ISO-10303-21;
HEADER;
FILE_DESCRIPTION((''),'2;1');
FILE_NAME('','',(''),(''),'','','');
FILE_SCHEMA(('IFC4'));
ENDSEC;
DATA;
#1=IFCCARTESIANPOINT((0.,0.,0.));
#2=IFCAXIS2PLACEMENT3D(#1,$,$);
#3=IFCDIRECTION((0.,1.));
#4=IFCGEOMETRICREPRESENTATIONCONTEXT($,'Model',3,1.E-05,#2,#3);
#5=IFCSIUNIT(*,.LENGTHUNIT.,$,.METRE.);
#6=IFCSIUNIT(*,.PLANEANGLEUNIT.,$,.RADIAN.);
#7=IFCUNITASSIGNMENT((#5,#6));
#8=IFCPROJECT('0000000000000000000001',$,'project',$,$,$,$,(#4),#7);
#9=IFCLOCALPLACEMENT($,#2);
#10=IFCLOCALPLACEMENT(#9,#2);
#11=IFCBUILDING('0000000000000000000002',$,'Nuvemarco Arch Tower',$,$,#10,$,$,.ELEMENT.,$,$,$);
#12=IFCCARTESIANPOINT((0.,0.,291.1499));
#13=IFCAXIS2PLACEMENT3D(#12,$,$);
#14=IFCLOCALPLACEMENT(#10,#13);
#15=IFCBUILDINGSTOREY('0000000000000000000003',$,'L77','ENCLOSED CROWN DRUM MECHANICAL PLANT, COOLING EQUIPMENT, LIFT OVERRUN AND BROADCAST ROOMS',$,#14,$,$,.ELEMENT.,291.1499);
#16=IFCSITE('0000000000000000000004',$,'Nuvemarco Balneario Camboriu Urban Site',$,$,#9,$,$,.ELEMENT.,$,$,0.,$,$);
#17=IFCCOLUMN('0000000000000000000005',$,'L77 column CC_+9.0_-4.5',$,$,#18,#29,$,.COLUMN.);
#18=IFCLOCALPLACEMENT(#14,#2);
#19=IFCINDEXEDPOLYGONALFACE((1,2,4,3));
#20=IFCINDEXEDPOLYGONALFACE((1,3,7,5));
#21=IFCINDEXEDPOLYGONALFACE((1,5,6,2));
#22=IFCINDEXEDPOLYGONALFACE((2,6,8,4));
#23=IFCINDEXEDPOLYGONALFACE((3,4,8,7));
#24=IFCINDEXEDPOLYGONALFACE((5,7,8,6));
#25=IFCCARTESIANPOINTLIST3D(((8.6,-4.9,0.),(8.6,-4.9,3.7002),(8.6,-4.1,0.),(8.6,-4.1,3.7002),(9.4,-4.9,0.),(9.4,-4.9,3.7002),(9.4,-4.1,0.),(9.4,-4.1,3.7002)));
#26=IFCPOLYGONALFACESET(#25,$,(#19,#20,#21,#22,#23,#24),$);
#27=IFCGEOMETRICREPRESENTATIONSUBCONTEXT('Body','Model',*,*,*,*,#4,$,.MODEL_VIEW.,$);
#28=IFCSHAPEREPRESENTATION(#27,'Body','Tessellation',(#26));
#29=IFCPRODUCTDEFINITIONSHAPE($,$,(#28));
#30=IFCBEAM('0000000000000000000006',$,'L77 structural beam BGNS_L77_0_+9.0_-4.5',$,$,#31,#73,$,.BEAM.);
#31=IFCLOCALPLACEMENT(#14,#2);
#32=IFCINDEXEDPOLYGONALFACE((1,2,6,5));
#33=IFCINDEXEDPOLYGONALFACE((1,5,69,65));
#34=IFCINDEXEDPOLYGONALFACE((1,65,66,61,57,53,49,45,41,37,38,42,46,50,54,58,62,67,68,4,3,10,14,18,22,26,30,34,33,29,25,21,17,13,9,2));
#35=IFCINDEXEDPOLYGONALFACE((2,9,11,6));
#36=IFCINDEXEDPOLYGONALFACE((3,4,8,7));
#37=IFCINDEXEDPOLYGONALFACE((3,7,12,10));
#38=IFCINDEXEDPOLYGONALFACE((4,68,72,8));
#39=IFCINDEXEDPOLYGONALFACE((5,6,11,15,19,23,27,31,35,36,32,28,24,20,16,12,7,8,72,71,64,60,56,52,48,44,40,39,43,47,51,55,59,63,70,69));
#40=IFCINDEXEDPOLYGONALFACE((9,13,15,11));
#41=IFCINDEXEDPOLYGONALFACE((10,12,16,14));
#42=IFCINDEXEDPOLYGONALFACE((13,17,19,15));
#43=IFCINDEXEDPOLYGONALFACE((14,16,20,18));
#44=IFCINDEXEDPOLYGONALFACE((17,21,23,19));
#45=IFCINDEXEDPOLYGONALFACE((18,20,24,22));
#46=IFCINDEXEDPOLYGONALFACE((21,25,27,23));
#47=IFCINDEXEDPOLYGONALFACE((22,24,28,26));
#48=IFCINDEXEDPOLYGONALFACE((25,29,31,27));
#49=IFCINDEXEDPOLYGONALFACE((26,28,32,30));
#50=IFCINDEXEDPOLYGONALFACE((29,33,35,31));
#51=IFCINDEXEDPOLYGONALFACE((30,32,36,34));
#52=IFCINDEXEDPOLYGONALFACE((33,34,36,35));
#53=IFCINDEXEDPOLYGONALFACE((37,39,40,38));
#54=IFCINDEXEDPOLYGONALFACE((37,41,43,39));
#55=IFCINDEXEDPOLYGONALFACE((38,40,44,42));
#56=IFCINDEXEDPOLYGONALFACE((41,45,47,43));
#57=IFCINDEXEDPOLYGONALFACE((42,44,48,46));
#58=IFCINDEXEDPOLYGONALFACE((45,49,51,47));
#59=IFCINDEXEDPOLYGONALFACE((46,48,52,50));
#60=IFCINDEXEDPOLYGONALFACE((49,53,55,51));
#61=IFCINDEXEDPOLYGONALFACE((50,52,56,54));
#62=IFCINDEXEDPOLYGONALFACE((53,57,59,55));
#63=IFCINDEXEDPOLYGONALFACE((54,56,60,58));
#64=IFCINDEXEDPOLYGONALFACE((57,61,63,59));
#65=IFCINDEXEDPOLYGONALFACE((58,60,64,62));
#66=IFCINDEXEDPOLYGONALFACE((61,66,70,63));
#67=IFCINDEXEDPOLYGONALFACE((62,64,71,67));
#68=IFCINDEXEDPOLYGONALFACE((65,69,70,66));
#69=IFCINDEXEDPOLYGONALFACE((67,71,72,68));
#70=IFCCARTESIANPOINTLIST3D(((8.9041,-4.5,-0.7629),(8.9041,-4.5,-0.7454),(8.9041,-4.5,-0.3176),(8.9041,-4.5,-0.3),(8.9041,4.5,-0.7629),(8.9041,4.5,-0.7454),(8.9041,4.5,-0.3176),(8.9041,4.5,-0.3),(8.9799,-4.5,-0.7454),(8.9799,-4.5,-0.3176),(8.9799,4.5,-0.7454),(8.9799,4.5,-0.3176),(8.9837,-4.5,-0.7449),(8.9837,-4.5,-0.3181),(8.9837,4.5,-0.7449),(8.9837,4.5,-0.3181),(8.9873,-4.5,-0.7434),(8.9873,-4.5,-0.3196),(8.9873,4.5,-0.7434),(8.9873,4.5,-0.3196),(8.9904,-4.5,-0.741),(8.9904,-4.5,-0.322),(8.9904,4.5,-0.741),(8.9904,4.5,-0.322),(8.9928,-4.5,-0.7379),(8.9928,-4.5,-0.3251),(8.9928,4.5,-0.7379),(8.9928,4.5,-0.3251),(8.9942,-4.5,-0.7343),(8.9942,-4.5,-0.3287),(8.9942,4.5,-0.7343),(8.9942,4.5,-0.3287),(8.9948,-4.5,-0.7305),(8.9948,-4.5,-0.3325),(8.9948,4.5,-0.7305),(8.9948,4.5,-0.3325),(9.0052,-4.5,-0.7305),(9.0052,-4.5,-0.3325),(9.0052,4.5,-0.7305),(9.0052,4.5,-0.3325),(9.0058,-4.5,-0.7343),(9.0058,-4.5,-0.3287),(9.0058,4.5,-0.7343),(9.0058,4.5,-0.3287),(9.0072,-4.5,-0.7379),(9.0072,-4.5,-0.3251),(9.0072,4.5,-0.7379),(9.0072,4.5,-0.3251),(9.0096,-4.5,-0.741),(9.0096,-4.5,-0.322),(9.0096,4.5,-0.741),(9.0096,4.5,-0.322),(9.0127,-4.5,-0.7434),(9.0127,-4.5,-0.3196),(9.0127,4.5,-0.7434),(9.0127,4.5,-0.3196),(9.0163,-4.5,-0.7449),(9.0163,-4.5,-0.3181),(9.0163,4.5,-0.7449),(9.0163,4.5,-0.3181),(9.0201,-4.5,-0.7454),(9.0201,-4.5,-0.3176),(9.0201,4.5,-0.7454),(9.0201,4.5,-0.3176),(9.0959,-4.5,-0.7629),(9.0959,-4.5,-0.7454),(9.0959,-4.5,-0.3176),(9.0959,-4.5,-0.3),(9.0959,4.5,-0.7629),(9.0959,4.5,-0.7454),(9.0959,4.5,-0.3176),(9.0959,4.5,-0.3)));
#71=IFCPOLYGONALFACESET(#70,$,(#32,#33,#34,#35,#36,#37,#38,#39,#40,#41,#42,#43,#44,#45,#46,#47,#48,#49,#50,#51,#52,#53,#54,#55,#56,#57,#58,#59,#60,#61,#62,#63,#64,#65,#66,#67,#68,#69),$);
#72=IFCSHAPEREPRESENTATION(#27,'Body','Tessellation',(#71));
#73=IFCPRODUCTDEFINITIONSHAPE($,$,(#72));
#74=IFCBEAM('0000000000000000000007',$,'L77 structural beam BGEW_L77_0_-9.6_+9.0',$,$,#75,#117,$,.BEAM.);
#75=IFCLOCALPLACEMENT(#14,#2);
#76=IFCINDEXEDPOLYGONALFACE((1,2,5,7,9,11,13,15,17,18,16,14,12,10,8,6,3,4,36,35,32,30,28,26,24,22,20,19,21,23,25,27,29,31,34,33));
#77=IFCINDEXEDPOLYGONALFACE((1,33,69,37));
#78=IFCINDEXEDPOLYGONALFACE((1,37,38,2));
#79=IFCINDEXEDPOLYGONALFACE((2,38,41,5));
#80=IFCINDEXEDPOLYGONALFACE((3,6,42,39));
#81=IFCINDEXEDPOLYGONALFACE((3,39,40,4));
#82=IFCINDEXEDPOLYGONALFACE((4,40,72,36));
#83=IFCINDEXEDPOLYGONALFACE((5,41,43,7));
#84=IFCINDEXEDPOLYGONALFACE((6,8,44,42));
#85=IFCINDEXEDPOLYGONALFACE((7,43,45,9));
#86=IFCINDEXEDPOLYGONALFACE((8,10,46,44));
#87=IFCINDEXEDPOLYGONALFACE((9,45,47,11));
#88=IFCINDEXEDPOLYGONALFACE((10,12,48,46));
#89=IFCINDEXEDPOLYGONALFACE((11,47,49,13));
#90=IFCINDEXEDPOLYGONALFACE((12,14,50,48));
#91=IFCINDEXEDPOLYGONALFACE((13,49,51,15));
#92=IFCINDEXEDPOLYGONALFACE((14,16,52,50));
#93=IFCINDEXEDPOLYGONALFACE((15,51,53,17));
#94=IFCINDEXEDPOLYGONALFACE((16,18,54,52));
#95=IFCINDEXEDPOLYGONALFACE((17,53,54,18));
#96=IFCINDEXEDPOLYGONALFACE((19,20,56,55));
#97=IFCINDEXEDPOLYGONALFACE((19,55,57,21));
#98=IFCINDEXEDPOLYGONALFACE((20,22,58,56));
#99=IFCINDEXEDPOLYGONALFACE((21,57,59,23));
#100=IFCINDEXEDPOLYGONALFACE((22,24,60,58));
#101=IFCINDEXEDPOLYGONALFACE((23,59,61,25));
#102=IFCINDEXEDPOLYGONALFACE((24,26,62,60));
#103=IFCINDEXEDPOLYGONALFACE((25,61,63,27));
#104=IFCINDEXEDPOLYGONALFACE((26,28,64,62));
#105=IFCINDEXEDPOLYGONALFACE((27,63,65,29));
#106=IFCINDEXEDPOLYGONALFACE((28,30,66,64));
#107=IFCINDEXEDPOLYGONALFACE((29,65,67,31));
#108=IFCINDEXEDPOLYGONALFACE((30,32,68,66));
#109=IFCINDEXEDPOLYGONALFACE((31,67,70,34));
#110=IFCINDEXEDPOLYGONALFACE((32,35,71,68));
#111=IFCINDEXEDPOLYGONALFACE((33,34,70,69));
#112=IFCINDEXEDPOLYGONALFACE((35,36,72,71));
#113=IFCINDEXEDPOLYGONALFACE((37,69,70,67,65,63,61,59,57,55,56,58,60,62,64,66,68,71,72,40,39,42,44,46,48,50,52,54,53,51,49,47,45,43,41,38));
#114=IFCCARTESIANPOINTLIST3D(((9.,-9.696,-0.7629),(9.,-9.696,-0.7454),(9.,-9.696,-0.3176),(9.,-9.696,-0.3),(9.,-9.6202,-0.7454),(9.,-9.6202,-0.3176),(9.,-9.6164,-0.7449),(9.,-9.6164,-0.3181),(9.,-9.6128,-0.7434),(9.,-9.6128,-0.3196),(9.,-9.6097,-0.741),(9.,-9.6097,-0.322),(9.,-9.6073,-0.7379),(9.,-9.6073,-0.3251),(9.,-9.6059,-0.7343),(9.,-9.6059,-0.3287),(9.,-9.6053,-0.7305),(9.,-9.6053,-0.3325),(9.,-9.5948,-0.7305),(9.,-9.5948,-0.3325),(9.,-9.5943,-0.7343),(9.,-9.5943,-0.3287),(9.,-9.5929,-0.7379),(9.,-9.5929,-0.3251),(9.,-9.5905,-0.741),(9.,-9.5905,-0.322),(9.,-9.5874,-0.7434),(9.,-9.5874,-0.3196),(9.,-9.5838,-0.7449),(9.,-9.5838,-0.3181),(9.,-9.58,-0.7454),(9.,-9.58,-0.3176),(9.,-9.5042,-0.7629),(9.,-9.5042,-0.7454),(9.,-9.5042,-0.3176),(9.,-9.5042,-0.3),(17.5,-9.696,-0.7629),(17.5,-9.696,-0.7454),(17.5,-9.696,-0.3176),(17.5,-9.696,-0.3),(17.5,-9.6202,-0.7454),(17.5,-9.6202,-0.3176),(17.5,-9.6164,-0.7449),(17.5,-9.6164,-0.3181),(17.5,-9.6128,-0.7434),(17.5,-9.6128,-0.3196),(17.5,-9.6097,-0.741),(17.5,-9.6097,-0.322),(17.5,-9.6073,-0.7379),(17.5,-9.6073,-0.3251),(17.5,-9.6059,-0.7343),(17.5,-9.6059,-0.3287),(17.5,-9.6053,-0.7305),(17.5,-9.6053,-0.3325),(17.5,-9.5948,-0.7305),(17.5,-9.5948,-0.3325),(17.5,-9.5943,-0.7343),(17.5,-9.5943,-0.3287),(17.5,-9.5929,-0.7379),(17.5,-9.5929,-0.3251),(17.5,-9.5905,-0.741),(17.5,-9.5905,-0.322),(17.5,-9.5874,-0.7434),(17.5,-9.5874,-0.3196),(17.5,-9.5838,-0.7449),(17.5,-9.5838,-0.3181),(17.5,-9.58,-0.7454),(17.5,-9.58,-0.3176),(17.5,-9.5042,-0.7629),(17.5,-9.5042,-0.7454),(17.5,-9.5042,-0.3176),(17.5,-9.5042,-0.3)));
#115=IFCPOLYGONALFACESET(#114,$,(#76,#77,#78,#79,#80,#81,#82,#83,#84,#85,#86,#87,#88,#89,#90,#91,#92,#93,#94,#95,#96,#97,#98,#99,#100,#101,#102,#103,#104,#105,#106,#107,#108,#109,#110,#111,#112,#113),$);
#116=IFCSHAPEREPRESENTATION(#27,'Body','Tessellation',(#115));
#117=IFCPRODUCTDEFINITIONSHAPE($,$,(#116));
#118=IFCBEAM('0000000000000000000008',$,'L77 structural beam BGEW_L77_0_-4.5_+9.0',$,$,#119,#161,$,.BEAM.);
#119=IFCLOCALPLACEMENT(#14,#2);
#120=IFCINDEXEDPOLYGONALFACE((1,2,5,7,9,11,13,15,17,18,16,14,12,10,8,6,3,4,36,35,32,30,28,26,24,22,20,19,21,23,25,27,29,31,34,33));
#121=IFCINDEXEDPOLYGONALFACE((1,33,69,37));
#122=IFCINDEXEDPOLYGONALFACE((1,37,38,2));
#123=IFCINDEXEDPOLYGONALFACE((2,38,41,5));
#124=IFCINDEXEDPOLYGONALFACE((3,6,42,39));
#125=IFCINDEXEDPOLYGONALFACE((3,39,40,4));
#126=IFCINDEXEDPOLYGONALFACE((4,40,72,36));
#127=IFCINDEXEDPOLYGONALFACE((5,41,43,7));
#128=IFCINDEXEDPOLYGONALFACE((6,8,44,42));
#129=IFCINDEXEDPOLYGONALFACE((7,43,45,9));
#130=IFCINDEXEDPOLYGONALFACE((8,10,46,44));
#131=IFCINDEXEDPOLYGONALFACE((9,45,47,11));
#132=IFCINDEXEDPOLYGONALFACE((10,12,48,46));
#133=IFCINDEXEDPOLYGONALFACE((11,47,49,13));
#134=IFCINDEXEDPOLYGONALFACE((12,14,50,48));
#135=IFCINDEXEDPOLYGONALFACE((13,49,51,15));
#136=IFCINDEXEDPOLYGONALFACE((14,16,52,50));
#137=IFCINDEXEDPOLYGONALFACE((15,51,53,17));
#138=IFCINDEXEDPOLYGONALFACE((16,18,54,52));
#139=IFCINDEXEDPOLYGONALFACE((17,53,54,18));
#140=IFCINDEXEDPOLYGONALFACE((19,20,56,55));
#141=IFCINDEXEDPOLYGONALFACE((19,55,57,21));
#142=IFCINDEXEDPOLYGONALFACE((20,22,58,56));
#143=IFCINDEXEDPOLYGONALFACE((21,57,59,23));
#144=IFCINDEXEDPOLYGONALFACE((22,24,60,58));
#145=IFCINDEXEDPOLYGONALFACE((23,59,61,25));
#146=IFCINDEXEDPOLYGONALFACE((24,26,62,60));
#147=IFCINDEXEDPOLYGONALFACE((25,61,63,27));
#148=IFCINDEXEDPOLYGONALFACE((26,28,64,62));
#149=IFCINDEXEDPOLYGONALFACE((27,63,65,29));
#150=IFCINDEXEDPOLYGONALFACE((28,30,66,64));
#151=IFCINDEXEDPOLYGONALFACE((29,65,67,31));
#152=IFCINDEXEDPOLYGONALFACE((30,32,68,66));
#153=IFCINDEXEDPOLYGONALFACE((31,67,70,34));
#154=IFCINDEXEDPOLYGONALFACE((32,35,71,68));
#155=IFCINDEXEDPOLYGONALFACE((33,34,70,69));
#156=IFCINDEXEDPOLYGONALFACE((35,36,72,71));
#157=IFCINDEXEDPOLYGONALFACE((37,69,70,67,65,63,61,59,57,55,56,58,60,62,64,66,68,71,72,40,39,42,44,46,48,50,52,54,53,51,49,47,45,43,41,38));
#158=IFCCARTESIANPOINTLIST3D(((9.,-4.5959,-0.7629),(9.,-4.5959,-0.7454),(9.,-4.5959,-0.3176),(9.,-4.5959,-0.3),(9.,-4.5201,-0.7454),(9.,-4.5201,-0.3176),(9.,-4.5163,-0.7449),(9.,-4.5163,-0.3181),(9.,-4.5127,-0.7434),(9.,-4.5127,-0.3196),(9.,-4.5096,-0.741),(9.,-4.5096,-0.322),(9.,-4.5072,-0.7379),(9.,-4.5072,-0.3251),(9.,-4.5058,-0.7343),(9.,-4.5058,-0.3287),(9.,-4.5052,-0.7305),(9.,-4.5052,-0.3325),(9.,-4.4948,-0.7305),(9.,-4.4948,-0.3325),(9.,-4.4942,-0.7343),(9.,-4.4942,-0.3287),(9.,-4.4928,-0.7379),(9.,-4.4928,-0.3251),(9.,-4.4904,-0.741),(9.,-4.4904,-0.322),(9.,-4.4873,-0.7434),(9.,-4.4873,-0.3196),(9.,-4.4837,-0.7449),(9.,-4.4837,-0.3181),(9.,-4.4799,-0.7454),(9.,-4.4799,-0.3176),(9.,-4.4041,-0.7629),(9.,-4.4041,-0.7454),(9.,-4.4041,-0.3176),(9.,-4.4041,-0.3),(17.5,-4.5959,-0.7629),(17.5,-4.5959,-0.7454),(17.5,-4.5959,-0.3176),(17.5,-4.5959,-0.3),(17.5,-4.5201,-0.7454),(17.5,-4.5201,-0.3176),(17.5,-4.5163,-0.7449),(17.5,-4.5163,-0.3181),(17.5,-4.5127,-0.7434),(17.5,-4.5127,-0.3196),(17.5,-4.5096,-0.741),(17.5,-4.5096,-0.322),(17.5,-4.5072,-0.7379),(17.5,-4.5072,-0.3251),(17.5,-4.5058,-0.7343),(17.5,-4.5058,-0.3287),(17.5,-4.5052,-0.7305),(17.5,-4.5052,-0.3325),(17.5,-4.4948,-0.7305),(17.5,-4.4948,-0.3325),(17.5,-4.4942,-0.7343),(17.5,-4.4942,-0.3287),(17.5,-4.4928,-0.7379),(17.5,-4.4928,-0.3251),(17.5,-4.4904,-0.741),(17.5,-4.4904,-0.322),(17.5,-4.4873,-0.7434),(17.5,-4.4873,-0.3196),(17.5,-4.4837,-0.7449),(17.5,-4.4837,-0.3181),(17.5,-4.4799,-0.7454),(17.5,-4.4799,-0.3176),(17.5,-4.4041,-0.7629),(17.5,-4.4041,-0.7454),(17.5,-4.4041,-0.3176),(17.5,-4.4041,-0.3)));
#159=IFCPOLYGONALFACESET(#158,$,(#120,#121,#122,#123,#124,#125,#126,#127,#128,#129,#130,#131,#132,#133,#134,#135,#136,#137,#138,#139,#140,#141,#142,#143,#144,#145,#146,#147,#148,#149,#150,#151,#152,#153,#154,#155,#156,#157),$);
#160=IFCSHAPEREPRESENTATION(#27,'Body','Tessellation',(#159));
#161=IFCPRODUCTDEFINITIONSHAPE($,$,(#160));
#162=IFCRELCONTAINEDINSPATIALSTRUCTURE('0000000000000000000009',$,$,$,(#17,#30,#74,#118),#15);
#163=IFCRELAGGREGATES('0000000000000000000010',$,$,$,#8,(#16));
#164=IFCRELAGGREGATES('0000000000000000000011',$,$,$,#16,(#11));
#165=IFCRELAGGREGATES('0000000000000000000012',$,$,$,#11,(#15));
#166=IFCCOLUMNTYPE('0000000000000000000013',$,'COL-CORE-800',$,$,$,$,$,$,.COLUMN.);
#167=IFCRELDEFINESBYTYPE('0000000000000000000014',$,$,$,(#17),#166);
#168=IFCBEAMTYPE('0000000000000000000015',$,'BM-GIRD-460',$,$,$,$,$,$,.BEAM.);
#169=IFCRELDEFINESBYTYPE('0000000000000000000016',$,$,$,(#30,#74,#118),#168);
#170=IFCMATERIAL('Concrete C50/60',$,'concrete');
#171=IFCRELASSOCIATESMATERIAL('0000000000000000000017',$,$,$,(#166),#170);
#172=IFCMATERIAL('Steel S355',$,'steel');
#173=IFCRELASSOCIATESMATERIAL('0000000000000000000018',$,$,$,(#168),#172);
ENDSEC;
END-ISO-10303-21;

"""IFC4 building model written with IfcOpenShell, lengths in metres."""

from ifc_helpers import new_model, si_unit, direction, frame, origin, origin_2d, place, context, subcontext, project, spatial, rectangle, i_section, extrude, material, material_profile, profile_set, type_object, element, save


model = new_model("IFC4")

# Units and contexts
model_context = context("Model", 3, precision=1e-05, world=origin(), true_north=direction((0.0, 1.0)))
body_context = subcontext(model_context, "Body", "Model", "MODEL_VIEW")
ifc_project = project(units=[si_unit("LENGTHUNIT", "METRE"), si_unit("PLANEANGLEUNIT", "RADIAN")], contexts=[model_context])

# Site, building, storey
site_placement = place(None, origin())
site = spatial("IfcSite", under=ifc_project, at=site_placement, Name="Nuvemarco Balneario Camboriu Urban Site", CompositionType="ELEMENT", RefElevation=0.0)
building_placement = place(site_placement, origin())
building = spatial("IfcBuilding", under=site, at=building_placement, Name="Nuvemarco Arch Tower", CompositionType="ELEMENT")
storey_placement = place(building_placement, frame((0.0, 0.0, 291.1499)))
storey = spatial("IfcBuildingStorey", under=building, at=storey_placement, Name="L77", Description="ENCLOSED CROWN DRUM MECHANICAL PLANT, COOLING EQUIPMENT, LIFT OVERRUN AND BROADCAST ROOMS", CompositionType="ELEMENT", Elevation=291.1499)

# Column
ifc_material_1 = material(Name="Concrete C50/60", Category="concrete")
ifc_material_profile_1 = material_profile(ifc_material_1, rectangle(XDim=0.8, YDim=0.8, at=origin_2d()), Name="RC-COL-800x800")
ifc_profile_set_1 = profile_set([ifc_material_profile_1], Name="Concrete C50/60")
column_type = type_object("IfcColumnType", Name="COL-CORE-800", PredefinedType="COLUMN", material=ifc_profile_set_1)
column_placement = place(storey_placement, frame((9.0, -4.5, 0.0), z_axis=(0.0, 0.0, 1.0), x_axis=(1.0, 0.0, 0.0)))
element("IfcColumn", 1, at=column_placement, inside=storey, type_object=column_type, Name="L77 column CC_+9.0_-4.5", PredefinedType="COLUMN", context=body_context, shape_type="SweptSolid", body=[
    extrude(rectangle(XDim=0.8, YDim=0.8, at=origin_2d()), origin(), (0.0, 0.0, 1.0), 3.7002),
])

# Beams
ifc_material_2 = material(Name="Steel S355", Category="steel")
ifc_material_profile_2 = material_profile(ifc_material_2, i_section(OverallWidth=0.1919, OverallDepth=0.4629, WebThickness=0.0105, FlangeThickness=0.0176, FilletRadius=0.0149, at=origin_2d()), Name="W460x89")
ifc_profile_set_2 = profile_set([ifc_material_profile_2], Name="Steel S355")
beam_type = type_object("IfcBeamType", Name="BM-GIRD-460", PredefinedType="BEAM", material=ifc_profile_set_2)
beam_placement = place(storey_placement, frame((9.0, -4.5, -0.5315), z_axis=(0.0, 1.0, 0.0), x_axis=(-1.0, 0.0, 0.0)))
element("IfcBeam", 2, at=beam_placement, inside=storey, type_object=beam_type, Name="L77 structural beam BGNS_L77_0_+9.0_-4.5", PredefinedType="BEAM", context=body_context, shape_type="SweptSolid", body=[
    extrude(i_section(OverallWidth=0.1919, OverallDepth=0.4629, WebThickness=0.0105, FlangeThickness=0.0176, FilletRadius=0.0149, at=origin_2d()), origin(), (0.0, 0.0, 1.0), 9.0),
])
for number, where, z_axis, x_axis, name in (
    (3, (9.0, -9.6001, -0.5315), (1.0, 0.0, 0.0), (0.0, 1.0, 0.0), "L77 structural beam BGEW_L77_0_-9.6_+9.0"),
    (4, (9.0, -4.5, -0.5315), (1.0, 0.0, 0.0), (0.0, 1.0, 0.0), "L77 structural beam BGEW_L77_0_-4.5_+9.0"),
):
    element("IfcBeam", number, at=place(storey_placement, frame(where, z_axis=z_axis, x_axis=x_axis)), inside=storey, type_object=beam_type, Name=name, PredefinedType="BEAM", context=body_context, shape_type="SweptSolid", body=[
        extrude(i_section(OverallWidth=0.1919, OverallDepth=0.4629, WebThickness=0.0105, FlangeThickness=0.0176, FilletRadius=0.0149, at=origin_2d()), origin(), (0.0, 0.0, 1.0), 8.5),
    ])

save(model, "model.ifc")
